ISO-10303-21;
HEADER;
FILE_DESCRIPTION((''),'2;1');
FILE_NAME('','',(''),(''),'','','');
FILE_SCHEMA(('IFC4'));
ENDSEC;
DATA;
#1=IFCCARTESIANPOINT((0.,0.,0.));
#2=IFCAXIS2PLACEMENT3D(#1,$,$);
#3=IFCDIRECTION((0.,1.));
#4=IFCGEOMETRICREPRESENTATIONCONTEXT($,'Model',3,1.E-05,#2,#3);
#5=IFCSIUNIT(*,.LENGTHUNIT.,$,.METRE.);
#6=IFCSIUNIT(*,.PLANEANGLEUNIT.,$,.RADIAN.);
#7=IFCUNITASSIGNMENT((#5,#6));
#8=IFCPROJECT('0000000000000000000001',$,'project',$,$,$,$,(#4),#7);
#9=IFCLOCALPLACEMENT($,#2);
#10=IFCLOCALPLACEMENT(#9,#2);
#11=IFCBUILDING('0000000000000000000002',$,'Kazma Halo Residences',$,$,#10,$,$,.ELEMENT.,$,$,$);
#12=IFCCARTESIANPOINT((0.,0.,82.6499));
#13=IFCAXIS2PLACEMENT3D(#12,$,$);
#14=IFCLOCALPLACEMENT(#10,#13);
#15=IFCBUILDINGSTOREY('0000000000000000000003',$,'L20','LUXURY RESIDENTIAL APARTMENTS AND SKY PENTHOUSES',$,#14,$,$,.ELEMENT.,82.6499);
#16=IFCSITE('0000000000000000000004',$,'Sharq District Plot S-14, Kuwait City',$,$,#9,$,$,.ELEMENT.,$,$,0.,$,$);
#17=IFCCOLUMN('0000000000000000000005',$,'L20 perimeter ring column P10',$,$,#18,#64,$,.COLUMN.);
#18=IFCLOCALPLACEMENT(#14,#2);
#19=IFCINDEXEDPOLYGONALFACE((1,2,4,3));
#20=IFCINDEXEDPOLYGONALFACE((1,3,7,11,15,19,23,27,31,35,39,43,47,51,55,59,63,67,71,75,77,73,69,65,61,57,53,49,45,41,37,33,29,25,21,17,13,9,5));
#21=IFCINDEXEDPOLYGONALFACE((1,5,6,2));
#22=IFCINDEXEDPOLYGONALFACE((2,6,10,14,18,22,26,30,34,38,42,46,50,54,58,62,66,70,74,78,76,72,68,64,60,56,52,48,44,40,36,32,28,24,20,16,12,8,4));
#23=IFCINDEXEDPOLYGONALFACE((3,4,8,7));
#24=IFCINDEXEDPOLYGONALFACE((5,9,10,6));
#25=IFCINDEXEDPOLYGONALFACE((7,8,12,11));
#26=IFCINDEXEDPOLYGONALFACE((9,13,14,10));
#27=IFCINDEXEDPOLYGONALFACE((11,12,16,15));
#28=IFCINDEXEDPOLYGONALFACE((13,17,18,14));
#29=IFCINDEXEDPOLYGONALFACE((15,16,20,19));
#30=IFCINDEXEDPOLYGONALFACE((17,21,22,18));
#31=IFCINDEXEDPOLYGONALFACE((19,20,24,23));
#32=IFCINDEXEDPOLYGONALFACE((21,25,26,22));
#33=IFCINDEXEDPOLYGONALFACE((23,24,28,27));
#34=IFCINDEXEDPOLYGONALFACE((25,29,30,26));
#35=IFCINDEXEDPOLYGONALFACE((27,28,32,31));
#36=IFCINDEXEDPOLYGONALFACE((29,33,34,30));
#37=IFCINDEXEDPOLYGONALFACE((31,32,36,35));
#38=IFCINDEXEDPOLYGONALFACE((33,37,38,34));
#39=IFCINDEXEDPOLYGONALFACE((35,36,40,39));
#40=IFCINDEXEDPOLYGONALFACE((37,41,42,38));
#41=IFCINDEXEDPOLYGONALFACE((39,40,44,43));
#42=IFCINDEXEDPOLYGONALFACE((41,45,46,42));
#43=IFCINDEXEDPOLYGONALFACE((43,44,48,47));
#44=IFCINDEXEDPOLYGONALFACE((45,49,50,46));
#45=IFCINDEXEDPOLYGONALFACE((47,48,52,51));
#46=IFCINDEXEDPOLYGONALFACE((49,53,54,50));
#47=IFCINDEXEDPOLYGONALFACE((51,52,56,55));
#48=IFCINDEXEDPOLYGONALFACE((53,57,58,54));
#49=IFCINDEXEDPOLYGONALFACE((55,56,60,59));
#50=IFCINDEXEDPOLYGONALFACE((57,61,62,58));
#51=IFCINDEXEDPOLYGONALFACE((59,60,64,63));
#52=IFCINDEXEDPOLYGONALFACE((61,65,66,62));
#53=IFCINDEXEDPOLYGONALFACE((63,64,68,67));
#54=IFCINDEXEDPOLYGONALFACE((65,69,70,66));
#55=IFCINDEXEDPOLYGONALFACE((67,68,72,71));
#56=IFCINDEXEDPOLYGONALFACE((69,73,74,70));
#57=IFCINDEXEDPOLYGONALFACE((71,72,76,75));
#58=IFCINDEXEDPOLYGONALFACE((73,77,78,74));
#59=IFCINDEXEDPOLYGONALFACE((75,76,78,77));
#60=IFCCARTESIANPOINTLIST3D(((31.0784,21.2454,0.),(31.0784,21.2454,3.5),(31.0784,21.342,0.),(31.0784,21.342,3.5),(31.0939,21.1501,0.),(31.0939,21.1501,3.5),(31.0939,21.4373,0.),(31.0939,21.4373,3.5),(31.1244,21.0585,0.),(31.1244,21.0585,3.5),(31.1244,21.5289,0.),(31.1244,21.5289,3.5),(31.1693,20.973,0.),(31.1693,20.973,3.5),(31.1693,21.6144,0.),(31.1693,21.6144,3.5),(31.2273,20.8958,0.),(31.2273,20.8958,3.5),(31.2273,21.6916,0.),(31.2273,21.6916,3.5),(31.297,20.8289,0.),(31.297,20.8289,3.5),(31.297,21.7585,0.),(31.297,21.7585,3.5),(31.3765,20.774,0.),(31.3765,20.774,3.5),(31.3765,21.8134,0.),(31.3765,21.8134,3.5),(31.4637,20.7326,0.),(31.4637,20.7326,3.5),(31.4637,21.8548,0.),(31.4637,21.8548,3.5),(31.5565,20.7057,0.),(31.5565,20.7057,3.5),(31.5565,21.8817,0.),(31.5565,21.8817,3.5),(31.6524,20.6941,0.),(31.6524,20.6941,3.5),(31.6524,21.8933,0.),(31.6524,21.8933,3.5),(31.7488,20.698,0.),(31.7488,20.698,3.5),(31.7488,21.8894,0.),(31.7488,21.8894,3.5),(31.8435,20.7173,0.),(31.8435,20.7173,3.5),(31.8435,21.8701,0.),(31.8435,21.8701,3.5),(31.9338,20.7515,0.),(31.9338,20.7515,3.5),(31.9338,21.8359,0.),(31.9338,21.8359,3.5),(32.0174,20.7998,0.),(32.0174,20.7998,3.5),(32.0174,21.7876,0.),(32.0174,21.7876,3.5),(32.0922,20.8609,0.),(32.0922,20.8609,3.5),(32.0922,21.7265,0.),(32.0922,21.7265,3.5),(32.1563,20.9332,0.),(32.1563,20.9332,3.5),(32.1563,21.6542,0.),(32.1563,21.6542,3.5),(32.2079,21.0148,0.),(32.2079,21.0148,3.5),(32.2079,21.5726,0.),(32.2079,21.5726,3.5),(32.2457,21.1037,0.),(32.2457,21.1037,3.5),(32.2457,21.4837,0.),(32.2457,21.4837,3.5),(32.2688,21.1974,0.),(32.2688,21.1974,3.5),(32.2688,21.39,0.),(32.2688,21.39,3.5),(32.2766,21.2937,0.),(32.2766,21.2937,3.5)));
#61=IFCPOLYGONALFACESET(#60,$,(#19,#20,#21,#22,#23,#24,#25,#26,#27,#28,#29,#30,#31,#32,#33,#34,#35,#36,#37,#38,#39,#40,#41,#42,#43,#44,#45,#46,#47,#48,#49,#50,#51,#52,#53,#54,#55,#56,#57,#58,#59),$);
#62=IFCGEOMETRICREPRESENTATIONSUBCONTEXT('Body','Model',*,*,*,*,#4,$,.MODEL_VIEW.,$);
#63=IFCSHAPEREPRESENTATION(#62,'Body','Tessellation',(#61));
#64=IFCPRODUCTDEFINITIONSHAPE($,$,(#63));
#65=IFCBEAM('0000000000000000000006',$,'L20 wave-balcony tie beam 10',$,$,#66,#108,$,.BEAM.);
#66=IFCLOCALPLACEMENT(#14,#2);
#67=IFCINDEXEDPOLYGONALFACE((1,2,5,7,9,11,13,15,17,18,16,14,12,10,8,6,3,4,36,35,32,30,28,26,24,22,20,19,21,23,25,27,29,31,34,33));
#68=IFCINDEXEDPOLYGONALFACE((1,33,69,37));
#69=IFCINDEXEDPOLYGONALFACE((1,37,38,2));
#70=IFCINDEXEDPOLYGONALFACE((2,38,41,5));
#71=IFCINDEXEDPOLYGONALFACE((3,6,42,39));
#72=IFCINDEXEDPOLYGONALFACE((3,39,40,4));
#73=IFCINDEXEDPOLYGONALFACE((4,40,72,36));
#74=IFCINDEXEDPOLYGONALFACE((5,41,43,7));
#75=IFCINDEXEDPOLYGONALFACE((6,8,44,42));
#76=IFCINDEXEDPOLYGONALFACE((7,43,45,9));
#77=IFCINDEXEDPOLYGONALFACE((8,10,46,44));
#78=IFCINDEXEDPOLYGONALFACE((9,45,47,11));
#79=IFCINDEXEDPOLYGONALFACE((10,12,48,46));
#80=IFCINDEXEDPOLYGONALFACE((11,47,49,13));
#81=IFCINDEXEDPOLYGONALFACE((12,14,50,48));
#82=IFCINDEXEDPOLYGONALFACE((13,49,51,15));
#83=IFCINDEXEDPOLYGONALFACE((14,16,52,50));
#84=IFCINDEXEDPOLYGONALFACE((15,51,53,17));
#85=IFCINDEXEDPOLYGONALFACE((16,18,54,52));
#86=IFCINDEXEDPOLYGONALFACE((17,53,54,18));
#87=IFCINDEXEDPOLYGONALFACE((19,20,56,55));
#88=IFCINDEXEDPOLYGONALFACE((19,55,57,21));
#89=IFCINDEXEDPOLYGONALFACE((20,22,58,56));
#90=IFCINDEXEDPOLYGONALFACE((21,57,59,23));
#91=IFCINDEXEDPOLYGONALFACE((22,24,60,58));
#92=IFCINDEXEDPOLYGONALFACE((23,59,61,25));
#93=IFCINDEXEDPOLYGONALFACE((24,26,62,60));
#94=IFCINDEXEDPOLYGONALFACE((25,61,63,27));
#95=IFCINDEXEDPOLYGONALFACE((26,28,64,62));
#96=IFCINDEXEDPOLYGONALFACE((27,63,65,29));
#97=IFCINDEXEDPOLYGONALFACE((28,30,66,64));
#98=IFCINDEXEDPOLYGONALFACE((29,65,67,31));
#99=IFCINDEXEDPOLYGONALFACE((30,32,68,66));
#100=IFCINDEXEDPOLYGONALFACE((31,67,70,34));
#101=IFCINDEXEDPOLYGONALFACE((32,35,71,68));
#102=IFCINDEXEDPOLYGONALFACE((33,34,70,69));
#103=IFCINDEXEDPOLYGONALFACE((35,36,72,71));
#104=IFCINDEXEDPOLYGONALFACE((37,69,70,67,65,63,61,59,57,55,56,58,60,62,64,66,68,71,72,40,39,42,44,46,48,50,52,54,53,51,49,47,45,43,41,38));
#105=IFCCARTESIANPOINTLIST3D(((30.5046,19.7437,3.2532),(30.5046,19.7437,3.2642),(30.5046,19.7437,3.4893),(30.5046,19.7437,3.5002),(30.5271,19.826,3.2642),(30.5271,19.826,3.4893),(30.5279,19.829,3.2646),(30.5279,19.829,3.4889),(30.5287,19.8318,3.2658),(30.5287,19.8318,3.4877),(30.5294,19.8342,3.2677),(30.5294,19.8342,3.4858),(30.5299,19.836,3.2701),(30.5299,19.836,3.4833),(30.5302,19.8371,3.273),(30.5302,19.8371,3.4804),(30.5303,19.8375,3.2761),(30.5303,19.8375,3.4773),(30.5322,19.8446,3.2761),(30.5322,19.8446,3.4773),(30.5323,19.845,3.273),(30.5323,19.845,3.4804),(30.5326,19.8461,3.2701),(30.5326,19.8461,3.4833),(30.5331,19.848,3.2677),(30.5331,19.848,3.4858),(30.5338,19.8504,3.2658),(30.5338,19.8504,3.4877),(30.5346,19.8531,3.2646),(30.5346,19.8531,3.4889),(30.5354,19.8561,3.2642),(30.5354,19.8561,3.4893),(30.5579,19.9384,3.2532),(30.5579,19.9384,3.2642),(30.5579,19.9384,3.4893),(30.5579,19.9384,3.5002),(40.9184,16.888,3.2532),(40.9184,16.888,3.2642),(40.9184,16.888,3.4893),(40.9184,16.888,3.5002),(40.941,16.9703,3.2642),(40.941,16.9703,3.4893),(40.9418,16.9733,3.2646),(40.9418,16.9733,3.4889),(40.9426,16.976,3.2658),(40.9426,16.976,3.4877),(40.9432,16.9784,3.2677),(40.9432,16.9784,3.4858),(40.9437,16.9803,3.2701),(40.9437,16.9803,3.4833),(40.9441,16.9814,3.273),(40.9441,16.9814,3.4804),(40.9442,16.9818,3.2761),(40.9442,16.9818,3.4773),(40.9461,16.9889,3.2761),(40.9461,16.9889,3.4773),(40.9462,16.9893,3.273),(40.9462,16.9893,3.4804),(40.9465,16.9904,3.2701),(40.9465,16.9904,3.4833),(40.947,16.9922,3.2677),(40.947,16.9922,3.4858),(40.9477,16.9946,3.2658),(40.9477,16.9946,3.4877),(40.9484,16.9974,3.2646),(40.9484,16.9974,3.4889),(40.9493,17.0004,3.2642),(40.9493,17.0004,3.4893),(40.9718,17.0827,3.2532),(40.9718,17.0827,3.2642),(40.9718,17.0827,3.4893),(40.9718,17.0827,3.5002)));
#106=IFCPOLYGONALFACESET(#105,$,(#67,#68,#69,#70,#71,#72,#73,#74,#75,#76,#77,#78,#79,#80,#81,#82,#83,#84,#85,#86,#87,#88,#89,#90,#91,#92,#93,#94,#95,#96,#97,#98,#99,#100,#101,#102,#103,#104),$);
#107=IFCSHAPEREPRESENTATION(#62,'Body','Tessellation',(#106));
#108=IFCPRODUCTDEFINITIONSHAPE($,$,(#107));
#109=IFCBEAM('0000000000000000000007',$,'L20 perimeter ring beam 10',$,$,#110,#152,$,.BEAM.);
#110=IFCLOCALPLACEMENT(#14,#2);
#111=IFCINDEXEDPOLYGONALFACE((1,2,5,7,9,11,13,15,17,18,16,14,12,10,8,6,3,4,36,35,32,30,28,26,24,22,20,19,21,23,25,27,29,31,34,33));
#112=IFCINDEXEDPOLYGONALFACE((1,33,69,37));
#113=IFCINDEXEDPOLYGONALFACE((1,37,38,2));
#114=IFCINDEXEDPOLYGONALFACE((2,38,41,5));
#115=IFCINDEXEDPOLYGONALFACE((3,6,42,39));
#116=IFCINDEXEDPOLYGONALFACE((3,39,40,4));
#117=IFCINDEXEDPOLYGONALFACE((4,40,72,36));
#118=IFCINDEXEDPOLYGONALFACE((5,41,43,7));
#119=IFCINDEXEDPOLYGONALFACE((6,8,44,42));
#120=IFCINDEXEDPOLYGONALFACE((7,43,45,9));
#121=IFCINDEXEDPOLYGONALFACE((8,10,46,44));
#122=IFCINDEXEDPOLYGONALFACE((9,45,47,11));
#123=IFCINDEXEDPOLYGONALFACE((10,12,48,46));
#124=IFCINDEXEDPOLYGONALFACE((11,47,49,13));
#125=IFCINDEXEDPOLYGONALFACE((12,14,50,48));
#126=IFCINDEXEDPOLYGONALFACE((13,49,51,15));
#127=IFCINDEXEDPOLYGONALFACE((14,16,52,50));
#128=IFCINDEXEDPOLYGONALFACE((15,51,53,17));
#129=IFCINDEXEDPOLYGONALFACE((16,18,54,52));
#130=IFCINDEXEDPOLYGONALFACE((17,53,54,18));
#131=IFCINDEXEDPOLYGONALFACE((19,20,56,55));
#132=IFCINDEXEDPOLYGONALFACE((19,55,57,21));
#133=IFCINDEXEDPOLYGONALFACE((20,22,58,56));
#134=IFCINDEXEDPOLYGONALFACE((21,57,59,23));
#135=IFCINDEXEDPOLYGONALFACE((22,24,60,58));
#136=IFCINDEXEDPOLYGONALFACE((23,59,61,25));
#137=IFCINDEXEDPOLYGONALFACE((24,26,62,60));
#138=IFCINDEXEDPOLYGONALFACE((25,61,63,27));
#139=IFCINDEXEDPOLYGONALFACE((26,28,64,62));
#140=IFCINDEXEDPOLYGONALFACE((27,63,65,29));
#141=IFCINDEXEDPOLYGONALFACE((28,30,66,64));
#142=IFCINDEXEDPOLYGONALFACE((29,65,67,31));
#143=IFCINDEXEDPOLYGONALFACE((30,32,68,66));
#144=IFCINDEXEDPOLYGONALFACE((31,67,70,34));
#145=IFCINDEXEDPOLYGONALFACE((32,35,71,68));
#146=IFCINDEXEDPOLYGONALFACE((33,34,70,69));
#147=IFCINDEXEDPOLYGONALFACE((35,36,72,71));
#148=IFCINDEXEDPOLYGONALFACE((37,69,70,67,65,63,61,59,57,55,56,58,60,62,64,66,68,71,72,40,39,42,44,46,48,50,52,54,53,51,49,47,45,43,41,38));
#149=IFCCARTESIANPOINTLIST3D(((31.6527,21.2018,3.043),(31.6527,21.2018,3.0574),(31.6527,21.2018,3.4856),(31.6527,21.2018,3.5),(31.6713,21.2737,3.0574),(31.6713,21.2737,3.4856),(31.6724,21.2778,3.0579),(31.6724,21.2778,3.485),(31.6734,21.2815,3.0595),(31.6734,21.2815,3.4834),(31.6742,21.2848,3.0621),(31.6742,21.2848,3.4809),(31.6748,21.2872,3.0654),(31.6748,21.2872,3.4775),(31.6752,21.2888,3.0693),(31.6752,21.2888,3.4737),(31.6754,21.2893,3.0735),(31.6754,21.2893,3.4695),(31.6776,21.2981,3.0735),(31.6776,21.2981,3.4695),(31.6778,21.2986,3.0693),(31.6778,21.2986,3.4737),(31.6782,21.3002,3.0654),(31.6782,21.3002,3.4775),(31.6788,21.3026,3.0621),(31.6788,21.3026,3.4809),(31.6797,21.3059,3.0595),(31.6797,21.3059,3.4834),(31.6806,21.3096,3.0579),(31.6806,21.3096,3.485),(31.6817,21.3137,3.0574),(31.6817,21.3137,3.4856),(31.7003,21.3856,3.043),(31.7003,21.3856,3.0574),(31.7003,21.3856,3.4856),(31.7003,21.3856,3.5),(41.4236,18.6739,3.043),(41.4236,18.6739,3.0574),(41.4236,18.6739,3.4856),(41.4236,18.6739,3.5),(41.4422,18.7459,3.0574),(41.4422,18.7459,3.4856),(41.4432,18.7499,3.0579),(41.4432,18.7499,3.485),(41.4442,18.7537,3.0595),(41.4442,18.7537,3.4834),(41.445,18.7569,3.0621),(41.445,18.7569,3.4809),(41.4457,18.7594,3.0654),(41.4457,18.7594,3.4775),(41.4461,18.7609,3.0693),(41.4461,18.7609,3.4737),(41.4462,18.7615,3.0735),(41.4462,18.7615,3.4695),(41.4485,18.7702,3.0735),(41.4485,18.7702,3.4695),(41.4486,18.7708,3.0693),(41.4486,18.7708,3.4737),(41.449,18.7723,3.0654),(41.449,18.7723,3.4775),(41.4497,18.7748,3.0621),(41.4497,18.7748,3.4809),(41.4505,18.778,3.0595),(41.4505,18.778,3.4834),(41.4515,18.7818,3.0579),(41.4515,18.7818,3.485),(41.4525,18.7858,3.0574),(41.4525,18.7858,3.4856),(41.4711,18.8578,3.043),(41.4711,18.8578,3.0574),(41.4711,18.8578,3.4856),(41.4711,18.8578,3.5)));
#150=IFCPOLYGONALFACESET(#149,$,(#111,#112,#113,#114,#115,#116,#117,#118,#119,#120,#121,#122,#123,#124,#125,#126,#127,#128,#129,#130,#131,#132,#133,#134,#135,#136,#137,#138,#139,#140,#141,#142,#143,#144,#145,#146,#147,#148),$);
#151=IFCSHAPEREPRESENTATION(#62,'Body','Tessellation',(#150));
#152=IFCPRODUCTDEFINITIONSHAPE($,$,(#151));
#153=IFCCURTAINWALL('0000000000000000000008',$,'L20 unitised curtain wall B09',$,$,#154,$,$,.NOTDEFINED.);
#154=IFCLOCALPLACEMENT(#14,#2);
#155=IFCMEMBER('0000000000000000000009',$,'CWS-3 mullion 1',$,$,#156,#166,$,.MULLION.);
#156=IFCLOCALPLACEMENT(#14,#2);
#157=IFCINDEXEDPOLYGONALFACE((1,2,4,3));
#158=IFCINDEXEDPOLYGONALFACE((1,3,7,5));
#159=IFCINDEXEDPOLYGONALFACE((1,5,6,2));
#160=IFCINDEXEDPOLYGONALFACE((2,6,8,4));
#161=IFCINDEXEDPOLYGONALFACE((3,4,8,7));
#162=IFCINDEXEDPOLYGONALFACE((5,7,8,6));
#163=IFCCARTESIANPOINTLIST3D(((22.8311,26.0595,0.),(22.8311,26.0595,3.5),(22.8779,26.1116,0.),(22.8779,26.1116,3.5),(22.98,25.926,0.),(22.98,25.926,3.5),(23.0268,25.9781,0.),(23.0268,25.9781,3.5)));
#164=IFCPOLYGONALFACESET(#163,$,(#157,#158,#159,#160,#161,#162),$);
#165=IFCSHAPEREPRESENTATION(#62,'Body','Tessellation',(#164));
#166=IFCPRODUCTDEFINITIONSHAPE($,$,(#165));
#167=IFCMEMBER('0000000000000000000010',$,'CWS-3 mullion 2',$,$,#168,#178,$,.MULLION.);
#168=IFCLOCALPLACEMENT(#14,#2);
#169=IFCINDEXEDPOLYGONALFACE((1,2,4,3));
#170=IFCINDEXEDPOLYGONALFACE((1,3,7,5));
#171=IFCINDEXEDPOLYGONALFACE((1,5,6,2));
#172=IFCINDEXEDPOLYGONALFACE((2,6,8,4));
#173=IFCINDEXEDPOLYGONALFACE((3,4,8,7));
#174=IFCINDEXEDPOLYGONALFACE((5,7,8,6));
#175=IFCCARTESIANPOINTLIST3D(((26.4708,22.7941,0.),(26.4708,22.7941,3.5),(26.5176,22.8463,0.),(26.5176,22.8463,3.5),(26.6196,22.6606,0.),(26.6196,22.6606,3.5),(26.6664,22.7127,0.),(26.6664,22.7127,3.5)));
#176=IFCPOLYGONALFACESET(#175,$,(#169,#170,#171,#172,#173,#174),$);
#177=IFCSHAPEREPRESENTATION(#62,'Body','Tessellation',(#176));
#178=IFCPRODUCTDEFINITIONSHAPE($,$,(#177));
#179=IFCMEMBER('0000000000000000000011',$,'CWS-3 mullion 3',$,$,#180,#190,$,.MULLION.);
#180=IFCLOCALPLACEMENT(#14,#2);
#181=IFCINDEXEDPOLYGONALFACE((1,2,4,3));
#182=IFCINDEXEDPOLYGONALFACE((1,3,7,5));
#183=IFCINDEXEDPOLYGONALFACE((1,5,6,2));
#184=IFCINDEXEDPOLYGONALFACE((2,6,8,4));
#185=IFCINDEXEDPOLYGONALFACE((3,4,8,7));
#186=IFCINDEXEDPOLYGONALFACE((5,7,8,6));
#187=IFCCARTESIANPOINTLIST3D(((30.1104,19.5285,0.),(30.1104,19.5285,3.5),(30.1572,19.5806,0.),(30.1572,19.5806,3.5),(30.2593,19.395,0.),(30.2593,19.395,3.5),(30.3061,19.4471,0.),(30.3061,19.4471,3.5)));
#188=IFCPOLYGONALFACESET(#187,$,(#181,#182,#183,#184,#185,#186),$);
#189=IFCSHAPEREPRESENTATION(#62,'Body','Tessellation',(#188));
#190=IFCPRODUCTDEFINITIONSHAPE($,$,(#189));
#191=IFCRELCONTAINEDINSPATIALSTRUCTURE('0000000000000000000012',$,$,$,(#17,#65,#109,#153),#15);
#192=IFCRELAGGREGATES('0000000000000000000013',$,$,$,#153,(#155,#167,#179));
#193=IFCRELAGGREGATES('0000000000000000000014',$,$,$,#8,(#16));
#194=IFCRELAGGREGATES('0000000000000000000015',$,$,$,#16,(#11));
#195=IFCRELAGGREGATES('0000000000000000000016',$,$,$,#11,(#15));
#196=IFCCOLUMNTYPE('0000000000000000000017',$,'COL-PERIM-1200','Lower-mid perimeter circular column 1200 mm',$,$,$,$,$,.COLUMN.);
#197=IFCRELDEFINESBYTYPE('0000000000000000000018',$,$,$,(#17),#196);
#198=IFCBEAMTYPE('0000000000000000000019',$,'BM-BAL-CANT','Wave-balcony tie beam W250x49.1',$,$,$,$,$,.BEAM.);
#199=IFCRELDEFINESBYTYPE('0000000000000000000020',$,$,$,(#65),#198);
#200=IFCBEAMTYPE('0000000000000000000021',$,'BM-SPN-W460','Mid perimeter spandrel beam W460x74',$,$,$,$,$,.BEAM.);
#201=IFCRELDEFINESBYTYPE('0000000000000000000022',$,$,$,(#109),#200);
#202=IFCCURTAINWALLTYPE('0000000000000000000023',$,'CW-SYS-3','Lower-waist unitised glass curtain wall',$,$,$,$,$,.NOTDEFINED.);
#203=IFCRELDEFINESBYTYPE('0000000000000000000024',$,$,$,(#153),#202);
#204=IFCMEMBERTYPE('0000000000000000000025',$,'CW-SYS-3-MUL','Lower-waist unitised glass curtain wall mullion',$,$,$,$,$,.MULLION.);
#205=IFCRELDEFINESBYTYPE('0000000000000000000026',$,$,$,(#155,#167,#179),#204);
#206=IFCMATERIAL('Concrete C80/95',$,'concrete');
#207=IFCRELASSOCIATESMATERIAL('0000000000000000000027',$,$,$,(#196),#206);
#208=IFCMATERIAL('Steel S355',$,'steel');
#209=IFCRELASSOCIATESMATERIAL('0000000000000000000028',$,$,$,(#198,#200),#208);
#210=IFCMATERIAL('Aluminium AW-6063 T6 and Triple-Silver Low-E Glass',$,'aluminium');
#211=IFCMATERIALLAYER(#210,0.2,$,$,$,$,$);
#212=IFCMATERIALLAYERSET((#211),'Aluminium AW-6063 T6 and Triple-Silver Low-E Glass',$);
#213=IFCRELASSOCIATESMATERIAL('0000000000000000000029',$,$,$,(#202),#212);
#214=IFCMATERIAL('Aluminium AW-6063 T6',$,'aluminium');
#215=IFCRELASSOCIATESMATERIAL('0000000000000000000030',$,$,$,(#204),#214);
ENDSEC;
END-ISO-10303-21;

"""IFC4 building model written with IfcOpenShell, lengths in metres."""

from ifc_helpers import new_model, si_unit, direction, frame, origin, origin_2d, place, context, subcontext, project, spatial, rectangle, circle, i_section, extrude, material, layer, layer_set, material_profile, profile_set, type_object, element, aggregate, save


model = new_model("IFC4")

# Units and contexts
model_context = context("Model", 3, precision=1e-05, world=origin(), true_north=direction((0.0, 1.0)))
body_context = subcontext(model_context, "Body", "Model", "MODEL_VIEW")
ifc_project = project(units=[si_unit("LENGTHUNIT", "METRE"), si_unit("PLANEANGLEUNIT", "RADIAN")], contexts=[model_context])

# Site, building, storey
site_placement = place(None, origin())
site = spatial("IfcSite", under=ifc_project, at=site_placement, Name="Sharq District Plot S-14, Kuwait City", CompositionType="ELEMENT", RefElevation=0.0)
building_placement = place(site_placement, origin())
building = spatial("IfcBuilding", under=site, at=building_placement, Name="Kazma Halo Residences", CompositionType="ELEMENT")
storey_placement = place(building_placement, frame((0.0, 0.0, 82.6499)))
storey = spatial("IfcBuildingStorey", under=building, at=storey_placement, Name="L20", Description="LUXURY RESIDENTIAL APARTMENTS AND SKY PENTHOUSES", CompositionType="ELEMENT", Elevation=82.6499)

# Column
ifc_material_1 = material(Name="Concrete C80/95", Category="concrete")
ifc_material_profile_1 = material_profile(ifc_material_1, circle(Radius=0.6001, at=origin_2d()), Name="CIRC1200")
ifc_profile_set_1 = profile_set([ifc_material_profile_1], Name="Concrete C80/95")
column_type = type_object("IfcColumnType", Name="COL-PERIM-1200", Description="Lower-mid perimeter circular column 1200 mm", PredefinedType="COLUMN", material=ifc_profile_set_1)
column_placement = place(storey_placement, frame((31.6765, 21.2937, 0.0), z_axis=(0.0, 0.0, 1.0), x_axis=(1.0, 0.0, 0.0)))
element("IfcColumn", 1, at=column_placement, inside=storey, type_object=column_type, Name="L20 perimeter ring column P10", PredefinedType="COLUMN", context=body_context, shape_type="SweptSolid", body=[
    extrude(circle(Radius=0.6001, at=origin_2d()), origin(), (0.0, 0.0, 1.0), 3.5),
])

# Beams
ifc_material_2 = material(Name="Steel S355", Category="steel")
ifc_material_profile_2 = material_profile(ifc_material_2, i_section(OverallWidth=0.2019, OverallDepth=0.2471, WebThickness=0.0073, FlangeThickness=0.011, FilletRadius=0.012, at=origin_2d()), Name="W250x49.1")
ifc_profile_set_2 = profile_set([ifc_material_profile_2], Name="Steel S355")
beam_type_1 = type_object("IfcBeamType", Name="BM-BAL-CANT", Description="Wave-balcony tie beam W250x49.1", PredefinedType="BEAM", material=ifc_profile_set_2)
beam_1_placement = place(storey_placement, frame((30.5312, 19.8411, 3.3767), z_axis=(0.964397, -0.26446, 0.0), x_axis=(0.26446, 0.964397, 0.0)))
element("IfcBeam", 2, at=beam_1_placement, inside=storey, type_object=beam_type_1, Name="L20 wave-balcony tie beam 10", PredefinedType="BEAM", context=body_context, shape_type="SweptSolid", body=[
    extrude(i_section(OverallWidth=0.2019, OverallDepth=0.2471, WebThickness=0.0073, FlangeThickness=0.011, FilletRadius=0.012, at=origin_2d()), origin(), (0.0, 0.0, 1.0), 10.7983),
])
ifc_material_profile_3 = material_profile(ifc_material_2, i_section(OverallWidth=0.1899, OverallDepth=0.457, WebThickness=0.009, FlangeThickness=0.0144, FilletRadius=0.0161, at=origin_2d()), Name="W460x74")
ifc_profile_set_3 = profile_set([ifc_material_profile_3], Name="Steel S355")
beam_type_2 = type_object("IfcBeamType", Name="BM-SPN-W460", Description="Mid perimeter spandrel beam W460x74", PredefinedType="BEAM", material=ifc_profile_set_3)
beam_2_placement = place(storey_placement, frame((31.6765, 21.2937, 3.2715), z_axis=(0.968125, -0.250468, 0.0), x_axis=(0.250468, 0.968125, 0.0)))
element("IfcBeam", 3, at=beam_2_placement, inside=storey, type_object=beam_type_2, Name="L20 perimeter ring beam 10", PredefinedType="BEAM", context=body_context, shape_type="SweptSolid", body=[
    extrude(i_section(OverallWidth=0.1899, OverallDepth=0.457, WebThickness=0.009, FlangeThickness=0.0144, FilletRadius=0.0161, at=origin_2d()), origin(), (0.0, 0.0, 1.0), 10.0925),
])

# Curtain wall, members
ifc_material_3 = material(Name="Aluminium AW-6063 T6 and Triple-Silver Low-E Glass", Category="aluminium")
ifc_layer_1 = layer(ifc_material_3, 0.2)
ifc_layer_set_1 = layer_set([ifc_layer_1], Name="Aluminium AW-6063 T6 and Triple-Silver Low-E Glass")
curtain_wall_type = type_object("IfcCurtainWallType", Name="CW-SYS-3", Description="Lower-waist unitised glass curtain wall", PredefinedType="NOTDEFINED", material=ifc_layer_set_1)
curtain_wall_placement = place(storey_placement, origin())
curtain_wall = element("IfcCurtainWall", 4, at=curtain_wall_placement, inside=storey, type_object=curtain_wall_type, Name="L20 unitised curtain wall B09", PredefinedType="NOTDEFINED")
ifc_material_4 = material(Name="Aluminium AW-6063 T6", Category="aluminium")
ifc_material_profile_4 = material_profile(ifc_material_4, rectangle(XDim=0.0701, YDim=0.2, at=origin_2d()), Name="CWM-70x200")
ifc_profile_set_4 = profile_set([ifc_material_profile_4], Name="Aluminium AW-6063 T6")
member_type_1 = type_object("IfcMemberType", Name="CW-SYS-3-MUL", Description="Lower-waist unitised glass curtain wall mullion", PredefinedType="MULLION", material=ifc_profile_set_4)
member_1_placement = place(storey_placement, frame((22.929, 26.0188, 0.0), z_axis=(0.0, 0.0, 1.0), x_axis=(0.667795, 0.744345, 0.0)))
member_1 = element("IfcMember", 5, at=member_1_placement, type_object=member_type_1, Name="CWS-3 mullion 1", PredefinedType="MULLION", context=body_context, shape_type="SweptSolid", body=[
    extrude(rectangle(XDim=0.0701, YDim=0.2, at=origin_2d()), origin(), (0.0, 0.0, 1.0), 3.5),
])
member_2_placement = place(storey_placement, frame((26.5686, 22.7534, 0.0), z_axis=(0.0, 0.0, 1.0), x_axis=(0.667795, 0.744345, 0.0)))
member_2 = element("IfcMember", 6, at=member_2_placement, type_object=member_type_1, Name="CWS-3 mullion 2", PredefinedType="MULLION", context=body_context, shape_type="SweptSolid", body=[
    extrude(rectangle(XDim=0.0701, YDim=0.2, at=origin_2d()), origin(), (0.0, 0.0, 1.0), 3.5),
])
member_3_placement = place(storey_placement, frame((30.2083, 19.4878, 0.0), z_axis=(0.0, 0.0, 1.0), x_axis=(0.667795, 0.744345, 0.0)))
member_3 = element("IfcMember", 7, at=member_3_placement, type_object=member_type_1, Name="CWS-3 mullion 3", PredefinedType="MULLION", context=body_context, shape_type="SweptSolid", body=[
    extrude(rectangle(XDim=0.0701, YDim=0.2, at=origin_2d()), origin(), (0.0, 0.0, 1.0), 3.5),
])
aggregate(curtain_wall, [member_1, member_2, member_3])

save(model, "model.ifc")
